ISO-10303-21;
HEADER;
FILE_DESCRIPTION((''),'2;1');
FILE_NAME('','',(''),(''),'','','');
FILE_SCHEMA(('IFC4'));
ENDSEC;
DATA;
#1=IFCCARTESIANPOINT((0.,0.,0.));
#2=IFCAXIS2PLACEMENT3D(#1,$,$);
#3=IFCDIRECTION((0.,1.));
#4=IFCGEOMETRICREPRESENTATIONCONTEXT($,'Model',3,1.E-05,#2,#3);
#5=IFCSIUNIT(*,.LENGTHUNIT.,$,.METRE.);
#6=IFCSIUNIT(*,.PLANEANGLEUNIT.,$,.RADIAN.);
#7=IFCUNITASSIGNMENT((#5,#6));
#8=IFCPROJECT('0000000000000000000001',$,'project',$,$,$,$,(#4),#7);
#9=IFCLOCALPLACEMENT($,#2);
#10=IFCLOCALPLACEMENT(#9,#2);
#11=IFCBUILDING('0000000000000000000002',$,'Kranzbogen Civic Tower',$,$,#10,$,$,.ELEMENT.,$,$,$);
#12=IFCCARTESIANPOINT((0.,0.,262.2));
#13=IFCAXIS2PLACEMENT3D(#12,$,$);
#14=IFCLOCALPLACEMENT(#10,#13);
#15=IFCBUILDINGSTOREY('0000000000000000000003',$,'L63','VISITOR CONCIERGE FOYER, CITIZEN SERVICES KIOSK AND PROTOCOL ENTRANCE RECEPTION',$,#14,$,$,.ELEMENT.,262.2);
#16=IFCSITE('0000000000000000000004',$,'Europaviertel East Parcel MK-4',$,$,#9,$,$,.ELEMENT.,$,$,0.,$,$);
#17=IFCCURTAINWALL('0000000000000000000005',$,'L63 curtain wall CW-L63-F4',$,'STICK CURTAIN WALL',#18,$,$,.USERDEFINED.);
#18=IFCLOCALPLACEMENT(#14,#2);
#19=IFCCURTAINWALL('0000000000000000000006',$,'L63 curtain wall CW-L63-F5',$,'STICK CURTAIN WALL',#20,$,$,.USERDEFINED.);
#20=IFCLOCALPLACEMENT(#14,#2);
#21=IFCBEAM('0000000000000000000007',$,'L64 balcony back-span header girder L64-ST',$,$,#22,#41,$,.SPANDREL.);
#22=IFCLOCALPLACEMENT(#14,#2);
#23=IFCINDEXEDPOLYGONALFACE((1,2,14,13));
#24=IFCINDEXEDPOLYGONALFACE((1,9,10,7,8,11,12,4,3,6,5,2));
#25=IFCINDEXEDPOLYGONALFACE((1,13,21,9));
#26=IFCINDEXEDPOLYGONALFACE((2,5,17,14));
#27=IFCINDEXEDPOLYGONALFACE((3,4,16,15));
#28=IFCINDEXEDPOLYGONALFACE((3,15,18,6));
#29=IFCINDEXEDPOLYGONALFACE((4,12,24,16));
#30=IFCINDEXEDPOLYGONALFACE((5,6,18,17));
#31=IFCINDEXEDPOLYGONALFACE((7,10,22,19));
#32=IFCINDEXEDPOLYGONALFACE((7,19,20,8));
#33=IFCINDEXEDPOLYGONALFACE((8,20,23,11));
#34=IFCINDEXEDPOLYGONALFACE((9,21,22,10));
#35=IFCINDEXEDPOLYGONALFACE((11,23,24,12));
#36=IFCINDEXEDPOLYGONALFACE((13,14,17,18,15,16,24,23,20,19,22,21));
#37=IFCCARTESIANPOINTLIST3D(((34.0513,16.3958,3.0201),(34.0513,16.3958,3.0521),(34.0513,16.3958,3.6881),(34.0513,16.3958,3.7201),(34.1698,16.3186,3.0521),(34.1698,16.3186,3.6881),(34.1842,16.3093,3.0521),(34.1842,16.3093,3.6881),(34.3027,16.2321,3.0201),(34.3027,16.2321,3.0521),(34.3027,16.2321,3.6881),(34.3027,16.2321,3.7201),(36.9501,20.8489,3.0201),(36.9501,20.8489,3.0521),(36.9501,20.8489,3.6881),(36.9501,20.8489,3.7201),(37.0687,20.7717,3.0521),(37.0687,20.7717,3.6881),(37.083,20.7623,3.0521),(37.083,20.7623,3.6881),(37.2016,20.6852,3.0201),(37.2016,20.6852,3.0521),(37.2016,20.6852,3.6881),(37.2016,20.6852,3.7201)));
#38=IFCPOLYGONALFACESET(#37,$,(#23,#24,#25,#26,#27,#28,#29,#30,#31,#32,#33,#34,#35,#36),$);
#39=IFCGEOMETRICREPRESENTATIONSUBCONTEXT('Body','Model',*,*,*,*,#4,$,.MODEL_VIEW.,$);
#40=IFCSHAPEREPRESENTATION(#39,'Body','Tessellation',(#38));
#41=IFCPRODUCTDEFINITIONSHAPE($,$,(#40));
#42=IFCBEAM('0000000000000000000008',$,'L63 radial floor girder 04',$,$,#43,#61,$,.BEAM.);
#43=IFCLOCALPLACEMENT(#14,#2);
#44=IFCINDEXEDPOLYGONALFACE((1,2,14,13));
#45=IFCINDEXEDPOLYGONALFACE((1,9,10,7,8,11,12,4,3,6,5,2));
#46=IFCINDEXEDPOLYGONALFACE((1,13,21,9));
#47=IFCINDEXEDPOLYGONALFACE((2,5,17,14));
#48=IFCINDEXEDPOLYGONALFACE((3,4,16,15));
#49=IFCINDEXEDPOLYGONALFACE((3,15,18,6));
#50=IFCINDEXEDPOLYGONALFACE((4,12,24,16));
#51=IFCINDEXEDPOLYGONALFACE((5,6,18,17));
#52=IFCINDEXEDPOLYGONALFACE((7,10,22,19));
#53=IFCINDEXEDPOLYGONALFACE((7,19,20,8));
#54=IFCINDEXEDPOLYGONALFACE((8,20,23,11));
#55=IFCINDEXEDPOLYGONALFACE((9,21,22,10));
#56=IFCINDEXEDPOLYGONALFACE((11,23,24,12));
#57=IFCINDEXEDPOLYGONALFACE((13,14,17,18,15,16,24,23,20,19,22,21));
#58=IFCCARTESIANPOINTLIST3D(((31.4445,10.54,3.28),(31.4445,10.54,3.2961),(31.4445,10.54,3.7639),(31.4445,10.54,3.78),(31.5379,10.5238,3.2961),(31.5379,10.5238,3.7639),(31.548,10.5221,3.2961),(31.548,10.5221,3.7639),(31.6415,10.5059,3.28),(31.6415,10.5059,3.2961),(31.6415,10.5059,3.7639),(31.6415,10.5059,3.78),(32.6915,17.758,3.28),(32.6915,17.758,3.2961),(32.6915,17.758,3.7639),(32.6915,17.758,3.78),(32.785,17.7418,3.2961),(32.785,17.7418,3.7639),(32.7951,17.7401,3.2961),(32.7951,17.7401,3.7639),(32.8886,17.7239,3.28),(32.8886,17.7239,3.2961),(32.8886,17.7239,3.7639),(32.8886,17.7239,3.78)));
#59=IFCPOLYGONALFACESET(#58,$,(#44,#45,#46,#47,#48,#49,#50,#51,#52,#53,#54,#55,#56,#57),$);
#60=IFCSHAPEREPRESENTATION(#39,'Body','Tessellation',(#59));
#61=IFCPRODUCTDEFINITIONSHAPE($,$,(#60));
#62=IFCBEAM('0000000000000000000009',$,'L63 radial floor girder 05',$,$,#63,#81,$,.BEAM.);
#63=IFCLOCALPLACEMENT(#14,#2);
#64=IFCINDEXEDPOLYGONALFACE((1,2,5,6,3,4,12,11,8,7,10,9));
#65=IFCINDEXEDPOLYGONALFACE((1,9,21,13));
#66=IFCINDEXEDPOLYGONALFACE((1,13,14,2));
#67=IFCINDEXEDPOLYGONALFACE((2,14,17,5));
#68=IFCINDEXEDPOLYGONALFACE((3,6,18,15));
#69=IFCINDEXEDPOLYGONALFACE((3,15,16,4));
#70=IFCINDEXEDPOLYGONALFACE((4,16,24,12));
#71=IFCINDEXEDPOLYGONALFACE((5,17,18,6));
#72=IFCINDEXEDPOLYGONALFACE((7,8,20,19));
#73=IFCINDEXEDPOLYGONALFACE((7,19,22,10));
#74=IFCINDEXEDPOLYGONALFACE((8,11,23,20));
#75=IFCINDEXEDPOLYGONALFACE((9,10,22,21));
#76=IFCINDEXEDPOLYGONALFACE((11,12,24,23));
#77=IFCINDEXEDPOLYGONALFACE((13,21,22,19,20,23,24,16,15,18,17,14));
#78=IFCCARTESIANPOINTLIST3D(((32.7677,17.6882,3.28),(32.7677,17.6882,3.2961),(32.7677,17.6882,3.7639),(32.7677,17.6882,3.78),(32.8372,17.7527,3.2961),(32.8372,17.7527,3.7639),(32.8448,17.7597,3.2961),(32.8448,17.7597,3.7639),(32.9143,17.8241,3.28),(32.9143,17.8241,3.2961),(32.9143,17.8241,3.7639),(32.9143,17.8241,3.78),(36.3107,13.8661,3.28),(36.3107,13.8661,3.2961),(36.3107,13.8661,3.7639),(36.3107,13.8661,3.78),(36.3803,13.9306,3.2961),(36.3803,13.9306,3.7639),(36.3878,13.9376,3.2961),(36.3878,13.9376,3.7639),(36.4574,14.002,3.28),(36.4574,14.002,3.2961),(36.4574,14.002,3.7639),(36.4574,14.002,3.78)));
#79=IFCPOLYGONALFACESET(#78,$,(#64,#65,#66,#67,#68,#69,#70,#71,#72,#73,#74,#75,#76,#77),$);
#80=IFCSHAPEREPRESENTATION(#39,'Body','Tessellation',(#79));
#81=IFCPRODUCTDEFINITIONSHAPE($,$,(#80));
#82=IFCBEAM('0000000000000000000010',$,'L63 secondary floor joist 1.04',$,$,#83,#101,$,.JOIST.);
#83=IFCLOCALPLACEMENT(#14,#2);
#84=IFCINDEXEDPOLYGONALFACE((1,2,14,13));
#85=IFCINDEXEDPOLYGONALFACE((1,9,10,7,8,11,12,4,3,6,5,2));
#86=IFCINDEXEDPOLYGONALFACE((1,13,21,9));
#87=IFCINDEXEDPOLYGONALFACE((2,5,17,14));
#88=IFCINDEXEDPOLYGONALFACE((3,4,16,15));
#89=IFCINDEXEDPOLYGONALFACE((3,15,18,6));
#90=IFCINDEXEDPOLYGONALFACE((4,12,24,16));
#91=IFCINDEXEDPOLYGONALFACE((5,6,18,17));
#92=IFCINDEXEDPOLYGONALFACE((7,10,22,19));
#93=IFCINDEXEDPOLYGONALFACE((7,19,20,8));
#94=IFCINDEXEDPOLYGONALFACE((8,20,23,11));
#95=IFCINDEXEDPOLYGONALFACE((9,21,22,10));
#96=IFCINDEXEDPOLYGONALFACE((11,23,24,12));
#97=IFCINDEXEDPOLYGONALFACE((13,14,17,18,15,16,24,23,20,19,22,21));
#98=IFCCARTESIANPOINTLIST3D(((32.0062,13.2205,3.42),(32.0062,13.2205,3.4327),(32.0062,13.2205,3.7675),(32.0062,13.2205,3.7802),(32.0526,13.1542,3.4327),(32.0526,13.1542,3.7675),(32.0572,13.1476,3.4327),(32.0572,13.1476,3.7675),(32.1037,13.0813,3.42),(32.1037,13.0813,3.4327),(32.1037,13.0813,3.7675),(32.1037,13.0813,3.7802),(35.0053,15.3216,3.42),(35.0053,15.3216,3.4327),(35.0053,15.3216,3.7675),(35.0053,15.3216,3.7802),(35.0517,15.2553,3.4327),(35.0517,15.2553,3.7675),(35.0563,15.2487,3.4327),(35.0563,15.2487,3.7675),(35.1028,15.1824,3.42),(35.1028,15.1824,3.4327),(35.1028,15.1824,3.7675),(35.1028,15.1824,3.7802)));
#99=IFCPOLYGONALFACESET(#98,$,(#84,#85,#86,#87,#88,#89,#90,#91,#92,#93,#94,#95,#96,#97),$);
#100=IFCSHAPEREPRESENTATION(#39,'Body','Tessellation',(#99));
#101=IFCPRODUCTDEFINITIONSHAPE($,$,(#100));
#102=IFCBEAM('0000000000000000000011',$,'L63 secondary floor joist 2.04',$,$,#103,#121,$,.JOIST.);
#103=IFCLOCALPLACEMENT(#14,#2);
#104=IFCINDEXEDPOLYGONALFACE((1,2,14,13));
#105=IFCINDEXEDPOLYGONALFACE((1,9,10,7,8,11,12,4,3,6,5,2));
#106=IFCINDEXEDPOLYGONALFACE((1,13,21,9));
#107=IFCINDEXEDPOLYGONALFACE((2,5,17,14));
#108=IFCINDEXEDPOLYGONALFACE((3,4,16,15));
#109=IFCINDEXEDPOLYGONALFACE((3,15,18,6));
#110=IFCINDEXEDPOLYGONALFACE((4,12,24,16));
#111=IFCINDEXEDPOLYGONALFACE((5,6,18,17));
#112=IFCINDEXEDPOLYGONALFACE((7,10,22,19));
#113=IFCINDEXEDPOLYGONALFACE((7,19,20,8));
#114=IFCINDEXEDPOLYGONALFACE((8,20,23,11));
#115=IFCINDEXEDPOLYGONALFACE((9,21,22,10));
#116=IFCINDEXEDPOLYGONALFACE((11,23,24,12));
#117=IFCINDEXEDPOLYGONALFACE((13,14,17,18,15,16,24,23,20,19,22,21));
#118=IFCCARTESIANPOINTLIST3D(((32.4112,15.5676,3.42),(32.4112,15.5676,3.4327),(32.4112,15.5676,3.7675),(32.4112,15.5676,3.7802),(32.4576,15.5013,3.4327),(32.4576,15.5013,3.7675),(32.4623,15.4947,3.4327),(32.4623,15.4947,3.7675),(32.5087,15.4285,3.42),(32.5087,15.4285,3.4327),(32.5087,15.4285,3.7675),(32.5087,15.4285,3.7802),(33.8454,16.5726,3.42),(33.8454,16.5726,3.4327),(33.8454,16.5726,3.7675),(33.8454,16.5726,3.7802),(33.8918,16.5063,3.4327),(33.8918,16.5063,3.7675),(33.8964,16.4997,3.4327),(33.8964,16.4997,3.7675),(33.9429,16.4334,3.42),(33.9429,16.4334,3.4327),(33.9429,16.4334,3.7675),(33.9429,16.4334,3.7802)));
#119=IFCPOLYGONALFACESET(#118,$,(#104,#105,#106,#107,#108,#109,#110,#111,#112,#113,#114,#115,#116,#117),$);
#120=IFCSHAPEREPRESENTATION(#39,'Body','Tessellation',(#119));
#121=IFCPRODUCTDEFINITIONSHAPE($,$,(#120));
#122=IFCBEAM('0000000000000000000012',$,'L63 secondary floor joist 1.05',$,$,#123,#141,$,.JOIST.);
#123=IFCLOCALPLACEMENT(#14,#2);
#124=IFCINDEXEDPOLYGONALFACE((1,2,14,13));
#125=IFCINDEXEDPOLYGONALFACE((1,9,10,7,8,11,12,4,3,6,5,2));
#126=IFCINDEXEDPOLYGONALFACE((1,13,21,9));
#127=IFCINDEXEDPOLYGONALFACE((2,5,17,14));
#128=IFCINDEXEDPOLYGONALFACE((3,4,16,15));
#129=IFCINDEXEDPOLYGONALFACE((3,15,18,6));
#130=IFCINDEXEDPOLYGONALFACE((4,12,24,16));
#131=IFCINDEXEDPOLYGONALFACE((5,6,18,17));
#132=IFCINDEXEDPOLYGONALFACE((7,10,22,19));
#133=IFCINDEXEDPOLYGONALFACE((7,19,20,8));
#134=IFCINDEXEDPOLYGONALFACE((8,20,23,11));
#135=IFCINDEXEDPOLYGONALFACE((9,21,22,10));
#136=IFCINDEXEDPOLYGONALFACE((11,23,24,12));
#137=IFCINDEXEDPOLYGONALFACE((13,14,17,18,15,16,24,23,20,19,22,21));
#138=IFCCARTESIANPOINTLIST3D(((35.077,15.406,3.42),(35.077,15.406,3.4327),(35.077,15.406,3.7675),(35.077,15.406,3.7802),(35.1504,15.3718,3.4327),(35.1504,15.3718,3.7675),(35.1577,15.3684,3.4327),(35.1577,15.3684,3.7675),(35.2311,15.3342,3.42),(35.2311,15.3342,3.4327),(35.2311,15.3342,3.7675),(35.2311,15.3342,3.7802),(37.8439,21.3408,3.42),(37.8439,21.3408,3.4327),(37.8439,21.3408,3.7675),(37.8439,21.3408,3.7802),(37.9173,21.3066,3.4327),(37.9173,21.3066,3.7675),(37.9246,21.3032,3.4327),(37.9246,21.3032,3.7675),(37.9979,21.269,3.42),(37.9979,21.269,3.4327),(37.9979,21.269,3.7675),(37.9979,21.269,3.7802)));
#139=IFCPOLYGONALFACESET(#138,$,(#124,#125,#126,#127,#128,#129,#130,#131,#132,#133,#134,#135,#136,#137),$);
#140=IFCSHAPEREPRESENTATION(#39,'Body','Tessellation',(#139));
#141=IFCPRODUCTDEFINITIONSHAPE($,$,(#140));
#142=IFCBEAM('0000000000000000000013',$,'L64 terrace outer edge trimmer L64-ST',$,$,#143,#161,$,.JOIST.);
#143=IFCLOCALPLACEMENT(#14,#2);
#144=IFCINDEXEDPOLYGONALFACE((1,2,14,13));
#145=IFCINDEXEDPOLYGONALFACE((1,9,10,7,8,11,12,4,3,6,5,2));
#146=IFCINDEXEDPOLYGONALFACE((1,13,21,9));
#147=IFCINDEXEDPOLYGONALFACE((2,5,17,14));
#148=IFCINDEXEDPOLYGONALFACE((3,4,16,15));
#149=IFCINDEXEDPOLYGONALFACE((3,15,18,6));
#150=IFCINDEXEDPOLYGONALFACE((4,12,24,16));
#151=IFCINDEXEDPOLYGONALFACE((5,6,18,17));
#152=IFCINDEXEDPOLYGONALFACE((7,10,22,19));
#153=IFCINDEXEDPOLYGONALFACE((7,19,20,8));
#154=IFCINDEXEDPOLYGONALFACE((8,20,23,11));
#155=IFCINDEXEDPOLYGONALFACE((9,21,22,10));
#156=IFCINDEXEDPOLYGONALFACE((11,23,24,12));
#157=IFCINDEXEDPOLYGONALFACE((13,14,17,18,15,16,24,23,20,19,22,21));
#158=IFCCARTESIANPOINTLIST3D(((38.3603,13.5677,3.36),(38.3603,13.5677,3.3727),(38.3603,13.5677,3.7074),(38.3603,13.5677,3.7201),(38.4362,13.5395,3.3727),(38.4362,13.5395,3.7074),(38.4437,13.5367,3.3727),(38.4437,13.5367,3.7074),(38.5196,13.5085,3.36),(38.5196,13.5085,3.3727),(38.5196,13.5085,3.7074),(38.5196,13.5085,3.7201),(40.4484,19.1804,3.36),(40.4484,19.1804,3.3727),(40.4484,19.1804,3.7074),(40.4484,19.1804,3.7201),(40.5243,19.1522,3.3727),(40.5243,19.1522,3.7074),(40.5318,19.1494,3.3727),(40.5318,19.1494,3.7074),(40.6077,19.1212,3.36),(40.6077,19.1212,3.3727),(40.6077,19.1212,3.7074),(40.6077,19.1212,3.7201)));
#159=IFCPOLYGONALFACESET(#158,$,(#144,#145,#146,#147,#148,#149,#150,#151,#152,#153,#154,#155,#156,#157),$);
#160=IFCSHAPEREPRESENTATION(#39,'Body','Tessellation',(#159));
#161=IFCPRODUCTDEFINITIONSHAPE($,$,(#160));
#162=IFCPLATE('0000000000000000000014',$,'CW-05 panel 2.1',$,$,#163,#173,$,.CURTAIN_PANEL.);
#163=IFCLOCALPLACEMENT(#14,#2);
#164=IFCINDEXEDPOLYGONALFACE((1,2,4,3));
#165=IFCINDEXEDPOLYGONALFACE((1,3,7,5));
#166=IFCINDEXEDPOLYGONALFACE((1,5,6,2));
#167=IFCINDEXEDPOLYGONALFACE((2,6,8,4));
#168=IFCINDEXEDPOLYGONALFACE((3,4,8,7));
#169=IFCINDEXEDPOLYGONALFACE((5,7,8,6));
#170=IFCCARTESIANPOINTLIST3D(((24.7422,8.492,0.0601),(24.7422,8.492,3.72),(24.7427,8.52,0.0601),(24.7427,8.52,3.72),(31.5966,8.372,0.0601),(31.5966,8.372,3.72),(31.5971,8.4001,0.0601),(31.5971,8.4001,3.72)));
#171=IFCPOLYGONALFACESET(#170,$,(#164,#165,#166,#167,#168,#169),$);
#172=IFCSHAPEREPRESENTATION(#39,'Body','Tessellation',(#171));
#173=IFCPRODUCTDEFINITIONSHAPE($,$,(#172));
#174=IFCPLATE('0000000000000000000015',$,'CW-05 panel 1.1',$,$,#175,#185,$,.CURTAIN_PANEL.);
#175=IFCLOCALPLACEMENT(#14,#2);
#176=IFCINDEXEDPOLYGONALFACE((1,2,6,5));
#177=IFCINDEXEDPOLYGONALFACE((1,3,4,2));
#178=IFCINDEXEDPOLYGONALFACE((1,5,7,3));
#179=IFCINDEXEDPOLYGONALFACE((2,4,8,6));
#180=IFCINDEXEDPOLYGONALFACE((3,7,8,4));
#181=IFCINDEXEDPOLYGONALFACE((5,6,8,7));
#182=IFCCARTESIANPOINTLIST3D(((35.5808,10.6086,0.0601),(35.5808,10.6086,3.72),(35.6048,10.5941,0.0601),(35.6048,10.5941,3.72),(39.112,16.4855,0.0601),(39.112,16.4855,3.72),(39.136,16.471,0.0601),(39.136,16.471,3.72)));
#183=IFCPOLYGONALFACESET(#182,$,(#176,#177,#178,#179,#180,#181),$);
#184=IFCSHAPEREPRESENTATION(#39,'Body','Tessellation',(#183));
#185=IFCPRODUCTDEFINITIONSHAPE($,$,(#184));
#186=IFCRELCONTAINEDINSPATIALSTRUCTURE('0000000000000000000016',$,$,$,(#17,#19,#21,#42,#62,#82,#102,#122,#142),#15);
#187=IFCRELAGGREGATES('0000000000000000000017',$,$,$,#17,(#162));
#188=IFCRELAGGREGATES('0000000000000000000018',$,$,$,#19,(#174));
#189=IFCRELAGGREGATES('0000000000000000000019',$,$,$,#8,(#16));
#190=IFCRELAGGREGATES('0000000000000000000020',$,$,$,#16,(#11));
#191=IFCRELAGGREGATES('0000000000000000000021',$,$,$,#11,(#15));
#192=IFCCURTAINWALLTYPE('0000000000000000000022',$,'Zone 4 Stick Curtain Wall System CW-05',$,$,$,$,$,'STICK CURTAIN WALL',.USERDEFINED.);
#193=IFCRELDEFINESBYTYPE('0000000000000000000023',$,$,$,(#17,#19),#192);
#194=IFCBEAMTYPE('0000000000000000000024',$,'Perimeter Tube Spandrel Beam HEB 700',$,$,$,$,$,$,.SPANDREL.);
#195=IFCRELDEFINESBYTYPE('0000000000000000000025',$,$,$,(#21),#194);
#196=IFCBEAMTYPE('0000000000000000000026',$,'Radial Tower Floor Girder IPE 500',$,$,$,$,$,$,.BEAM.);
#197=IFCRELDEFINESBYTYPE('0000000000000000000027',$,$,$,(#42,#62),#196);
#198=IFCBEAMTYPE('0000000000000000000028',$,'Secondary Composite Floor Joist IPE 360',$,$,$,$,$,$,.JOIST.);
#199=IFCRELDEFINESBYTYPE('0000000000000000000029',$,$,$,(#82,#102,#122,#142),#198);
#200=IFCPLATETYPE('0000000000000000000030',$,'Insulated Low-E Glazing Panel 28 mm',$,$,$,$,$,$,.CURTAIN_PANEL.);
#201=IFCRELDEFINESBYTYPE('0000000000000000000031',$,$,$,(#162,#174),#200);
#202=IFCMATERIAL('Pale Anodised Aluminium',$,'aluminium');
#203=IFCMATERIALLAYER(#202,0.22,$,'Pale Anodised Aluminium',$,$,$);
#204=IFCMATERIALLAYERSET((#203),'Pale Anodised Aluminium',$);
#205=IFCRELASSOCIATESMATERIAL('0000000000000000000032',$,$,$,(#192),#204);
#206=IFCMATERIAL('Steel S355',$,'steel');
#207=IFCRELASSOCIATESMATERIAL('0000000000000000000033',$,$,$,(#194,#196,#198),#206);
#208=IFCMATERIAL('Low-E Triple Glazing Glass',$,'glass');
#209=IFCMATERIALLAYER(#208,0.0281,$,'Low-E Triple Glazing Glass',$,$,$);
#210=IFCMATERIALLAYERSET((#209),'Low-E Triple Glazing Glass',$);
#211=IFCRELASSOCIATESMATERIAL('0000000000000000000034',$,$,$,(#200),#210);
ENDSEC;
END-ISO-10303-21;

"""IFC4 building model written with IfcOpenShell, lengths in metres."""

from ifc_helpers import new_model, si_unit, direction, frame, origin, origin_2d, place, context, subcontext, project, spatial, rectangle, i_section, extrude, material, layer, layer_set, material_profile, profile_set, type_object, element, aggregate, save


model = new_model("IFC4")

# Units and contexts
model_context = context("Model", 3, precision=1e-05, world=origin(), true_north=direction((0.0, 1.0)))
body_context = subcontext(model_context, "Body", "Model", "MODEL_VIEW")
ifc_project = project(units=[si_unit("LENGTHUNIT", "METRE"), si_unit("PLANEANGLEUNIT", "RADIAN")], contexts=[model_context])

# Site, building, storey
site_placement = place(None, origin())
site = spatial("IfcSite", under=ifc_project, at=site_placement, Name="Europaviertel East Parcel MK-4", CompositionType="ELEMENT", RefElevation=0.0)
building_placement = place(site_placement, origin())
building = spatial("IfcBuilding", under=site, at=building_placement, Name="Kranzbogen Civic Tower", CompositionType="ELEMENT")
storey_placement = place(building_placement, frame((0.0, 0.0, 262.2)))
storey = spatial("IfcBuildingStorey", under=building, at=storey_placement, Name="L63", Description="VISITOR CONCIERGE FOYER, CITIZEN SERVICES KIOSK AND PROTOCOL ENTRANCE RECEPTION", CompositionType="ELEMENT", Elevation=262.2)

# Shared definitions
ifc_material_1 = material(Name="Steel S355", Category="steel")

# Curtain wall
ifc_material_2 = material(Name="Pale Anodised Aluminium", Category="aluminium")
ifc_layer_1 = layer(ifc_material_2, 0.22, Name="Pale Anodised Aluminium")
ifc_layer_set_1 = layer_set([ifc_layer_1], Name="Pale Anodised Aluminium")
curtain_wall_type = type_object("IfcCurtainWallType", Name="Zone 4 Stick Curtain Wall System CW-05", ElementType="STICK CURTAIN WALL", PredefinedType="USERDEFINED", material=ifc_layer_set_1)
curtain_wall_1_placement = place(storey_placement, origin())
curtain_wall_1 = element("IfcCurtainWall", 1, at=curtain_wall_1_placement, inside=storey, type_object=curtain_wall_type, Name="L63 curtain wall CW-L63-F4", ObjectType="STICK CURTAIN WALL", PredefinedType="USERDEFINED")

# Curtain wall
curtain_wall_2_placement = place(storey_placement, origin())
curtain_wall_2 = element("IfcCurtainWall", 2, at=curtain_wall_2_placement, inside=storey, type_object=curtain_wall_type, Name="L63 curtain wall CW-L63-F5", ObjectType="STICK CURTAIN WALL", PredefinedType="USERDEFINED")

# Beams
ifc_material_profile_1 = material_profile(ifc_material_1, i_section(OverallWidth=0.3, OverallDepth=0.7, WebThickness=0.0171, FlangeThickness=0.032, at=origin_2d()), Name="HEB 700")
ifc_profile_set_1 = profile_set([ifc_material_profile_1], Name="Steel S355")
beam_type_1 = type_object("IfcBeamType", Name="Perimeter Tube Spandrel Beam HEB 700", PredefinedType="SPANDREL", material=ifc_profile_set_1)
beam_1_placement = place(storey_placement, frame((34.177, 16.314, 3.3701), z_axis=(0.54557, 0.838066, 0.0), x_axis=(-0.838066, 0.54557, 0.0)))
element("IfcBeam", 3, at=beam_1_placement, inside=storey, type_object=beam_type_1, Name="L64 balcony back-span header girder L64-ST", PredefinedType="SPANDREL", context=body_context, shape_type="SweptSolid", body=[
    extrude(i_section(OverallWidth=0.3, OverallDepth=0.7, WebThickness=0.0171, FlangeThickness=0.032, at=origin_2d()), origin(), (0.0, 0.0, 1.0), 5.3135),
])
ifc_material_profile_2 = material_profile(ifc_material_1, i_section(OverallWidth=0.2, OverallDepth=0.5, WebThickness=0.0103, FlangeThickness=0.0161, at=origin_2d()), Name="IPE 500")
ifc_profile_set_2 = profile_set([ifc_material_profile_2], Name="Steel S355")
beam_type_2 = type_object("IfcBeamType", Name="Radial Tower Floor Girder IPE 500", PredefinedType="BEAM", material=ifc_profile_set_2)
beam_2_placement = place(storey_placement, frame((31.543, 10.5229, 3.53), z_axis=(0.17025, 0.985401, 0.0), x_axis=(-0.985401, 0.17025, 0.0)))
element("IfcBeam", 4, at=beam_2_placement, inside=storey, type_object=beam_type_2, Name="L63 radial floor girder 04", PredefinedType="BEAM", context=body_context, shape_type="SweptSolid", body=[
    extrude(i_section(OverallWidth=0.2, OverallDepth=0.5, WebThickness=0.0103, FlangeThickness=0.0161, at=origin_2d()), origin(), (0.0, 0.0, 1.0), 7.325),
])
beam_3_placement = place(storey_placement, frame((36.384, 13.9341, 3.53), z_axis=(-0.679827, 0.733372, 0.0), x_axis=(-0.733372, -0.679827, 0.0)))
element("IfcBeam", 5, at=beam_3_placement, inside=storey, type_object=beam_type_2, Name="L63 radial floor girder 05", PredefinedType="BEAM", context=body_context, shape_type="SweptSolid", body=[
    extrude(i_section(OverallWidth=0.2, OverallDepth=0.5, WebThickness=0.0103, FlangeThickness=0.0161, at=origin_2d()), origin(), (0.0, 0.0, 1.0), 5.2117),
])
ifc_material_profile_3 = material_profile(ifc_material_1, i_section(OverallWidth=0.1699, OverallDepth=0.3601, WebThickness=0.0081, FlangeThickness=0.0127, at=origin_2d()), Name="IPE 360")
ifc_profile_set_3 = profile_set([ifc_material_profile_3], Name="Steel S355")
beam_type_3 = type_object("IfcBeamType", Name="Secondary Composite Floor Joist IPE 360", PredefinedType="JOIST", material=ifc_profile_set_3)
beam_4_placement = place(storey_placement, frame((32.0549, 13.1509, 3.6001), z_axis=(0.819006, 0.573784, 0.0), x_axis=(-0.573784, 0.819006, 0.0)))
element("IfcBeam", 6, at=beam_4_placement, inside=storey, type_object=beam_type_3, Name="L63 secondary floor joist 1.04", PredefinedType="JOIST", context=body_context, shape_type="SweptSolid", body=[
    extrude(i_section(OverallWidth=0.1699, OverallDepth=0.3601, WebThickness=0.0081, FlangeThickness=0.0127, at=origin_2d()), origin(), (0.0, 0.0, 1.0), 3.6619),
])
beam_5_placement = place(storey_placement, frame((32.46, 15.498, 3.6001), z_axis=(0.818957, 0.573855, 0.0), x_axis=(-0.573855, 0.818957, 0.0)))
element("IfcBeam", 7, at=beam_5_placement, inside=storey, type_object=beam_type_3, Name="L63 secondary floor joist 2.04", PredefinedType="JOIST", context=body_context, shape_type="SweptSolid", body=[
    extrude(i_section(OverallWidth=0.1699, OverallDepth=0.3601, WebThickness=0.0081, FlangeThickness=0.0127, at=origin_2d()), origin(), (0.0, 0.0, 1.0), 1.7512),
])
beam_6_placement = place(storey_placement, frame((35.1541, 15.3701, 3.6001), z_axis=(0.422543, 0.906343, 0.0), x_axis=(-0.906343, 0.422543, 0.0)))
element("IfcBeam", 8, at=beam_6_placement, inside=storey, type_object=beam_type_3, Name="L63 secondary floor joist 1.05", PredefinedType="JOIST", context=body_context, shape_type="SweptSolid", body=[
    extrude(i_section(OverallWidth=0.1699, OverallDepth=0.3601, WebThickness=0.0081, FlangeThickness=0.0127, at=origin_2d()), origin(), (0.0, 0.0, 1.0), 6.5481),
])
beam_7_placement = place(storey_placement, frame((38.4399, 13.5381, 3.54), z_axis=(0.348683, 0.937241, 0.0), x_axis=(-0.937241, 0.348683, 0.0)))
element("IfcBeam", 9, at=beam_7_placement, inside=storey, type_object=beam_type_3, Name="L64 terrace outer edge trimmer L64-ST", PredefinedType="JOIST", context=body_context, shape_type="SweptSolid", body=[
    extrude(i_section(OverallWidth=0.1699, OverallDepth=0.3601, WebThickness=0.0081, FlangeThickness=0.0127, at=origin_2d()), origin(), (0.0, 0.0, 1.0), 5.9885),
])

# Plates
ifc_material_3 = material(Name="Low-E Triple Glazing Glass", Category="glass")
ifc_layer_2 = layer(ifc_material_3, 0.0281, Name="Low-E Triple Glazing Glass")
ifc_layer_set_2 = layer_set([ifc_layer_2], Name="Low-E Triple Glazing Glass")
plate_type = type_object("IfcPlateType", Name="Insulated Low-E Glazing Panel 28 mm", PredefinedType="CURTAIN_PANEL", material=ifc_layer_set_2)
plate_1_placement = place(storey_placement, frame((28.1697, 8.446, 0.0601), z_axis=(0.0, 0.0, 1.0), x_axis=(0.999847, -0.017493, 0.0)))
plate_1 = element("IfcPlate", 10, at=plate_1_placement, type_object=plate_type, Name="CW-05 panel 2.1", PredefinedType="CURTAIN_PANEL", context=body_context, shape_type="SweptSolid", body=[
    extrude(rectangle(XDim=6.8555, YDim=0.0281, at=origin_2d()), origin(), (0.0, 0.0, 1.0), 3.6599),
])
aggregate(curtain_wall_1, [plate_1])
plate_2_placement = place(storey_placement, frame((37.3584, 13.5398, 0.0601), z_axis=(0.0, 0.0, 1.0), x_axis=(0.515036, 0.857169, 0.0)))
plate_2 = element("IfcPlate", 11, at=plate_2_placement, type_object=plate_type, Name="CW-05 panel 1.1", PredefinedType="CURTAIN_PANEL", context=body_context, shape_type="SweptSolid", body=[
    extrude(rectangle(XDim=6.8562, YDim=0.0281, at=origin_2d()), origin(), (0.0, 0.0, 1.0), 3.6599),
])
aggregate(curtain_wall_2, [plate_2])

save(model, "model.ifc")
